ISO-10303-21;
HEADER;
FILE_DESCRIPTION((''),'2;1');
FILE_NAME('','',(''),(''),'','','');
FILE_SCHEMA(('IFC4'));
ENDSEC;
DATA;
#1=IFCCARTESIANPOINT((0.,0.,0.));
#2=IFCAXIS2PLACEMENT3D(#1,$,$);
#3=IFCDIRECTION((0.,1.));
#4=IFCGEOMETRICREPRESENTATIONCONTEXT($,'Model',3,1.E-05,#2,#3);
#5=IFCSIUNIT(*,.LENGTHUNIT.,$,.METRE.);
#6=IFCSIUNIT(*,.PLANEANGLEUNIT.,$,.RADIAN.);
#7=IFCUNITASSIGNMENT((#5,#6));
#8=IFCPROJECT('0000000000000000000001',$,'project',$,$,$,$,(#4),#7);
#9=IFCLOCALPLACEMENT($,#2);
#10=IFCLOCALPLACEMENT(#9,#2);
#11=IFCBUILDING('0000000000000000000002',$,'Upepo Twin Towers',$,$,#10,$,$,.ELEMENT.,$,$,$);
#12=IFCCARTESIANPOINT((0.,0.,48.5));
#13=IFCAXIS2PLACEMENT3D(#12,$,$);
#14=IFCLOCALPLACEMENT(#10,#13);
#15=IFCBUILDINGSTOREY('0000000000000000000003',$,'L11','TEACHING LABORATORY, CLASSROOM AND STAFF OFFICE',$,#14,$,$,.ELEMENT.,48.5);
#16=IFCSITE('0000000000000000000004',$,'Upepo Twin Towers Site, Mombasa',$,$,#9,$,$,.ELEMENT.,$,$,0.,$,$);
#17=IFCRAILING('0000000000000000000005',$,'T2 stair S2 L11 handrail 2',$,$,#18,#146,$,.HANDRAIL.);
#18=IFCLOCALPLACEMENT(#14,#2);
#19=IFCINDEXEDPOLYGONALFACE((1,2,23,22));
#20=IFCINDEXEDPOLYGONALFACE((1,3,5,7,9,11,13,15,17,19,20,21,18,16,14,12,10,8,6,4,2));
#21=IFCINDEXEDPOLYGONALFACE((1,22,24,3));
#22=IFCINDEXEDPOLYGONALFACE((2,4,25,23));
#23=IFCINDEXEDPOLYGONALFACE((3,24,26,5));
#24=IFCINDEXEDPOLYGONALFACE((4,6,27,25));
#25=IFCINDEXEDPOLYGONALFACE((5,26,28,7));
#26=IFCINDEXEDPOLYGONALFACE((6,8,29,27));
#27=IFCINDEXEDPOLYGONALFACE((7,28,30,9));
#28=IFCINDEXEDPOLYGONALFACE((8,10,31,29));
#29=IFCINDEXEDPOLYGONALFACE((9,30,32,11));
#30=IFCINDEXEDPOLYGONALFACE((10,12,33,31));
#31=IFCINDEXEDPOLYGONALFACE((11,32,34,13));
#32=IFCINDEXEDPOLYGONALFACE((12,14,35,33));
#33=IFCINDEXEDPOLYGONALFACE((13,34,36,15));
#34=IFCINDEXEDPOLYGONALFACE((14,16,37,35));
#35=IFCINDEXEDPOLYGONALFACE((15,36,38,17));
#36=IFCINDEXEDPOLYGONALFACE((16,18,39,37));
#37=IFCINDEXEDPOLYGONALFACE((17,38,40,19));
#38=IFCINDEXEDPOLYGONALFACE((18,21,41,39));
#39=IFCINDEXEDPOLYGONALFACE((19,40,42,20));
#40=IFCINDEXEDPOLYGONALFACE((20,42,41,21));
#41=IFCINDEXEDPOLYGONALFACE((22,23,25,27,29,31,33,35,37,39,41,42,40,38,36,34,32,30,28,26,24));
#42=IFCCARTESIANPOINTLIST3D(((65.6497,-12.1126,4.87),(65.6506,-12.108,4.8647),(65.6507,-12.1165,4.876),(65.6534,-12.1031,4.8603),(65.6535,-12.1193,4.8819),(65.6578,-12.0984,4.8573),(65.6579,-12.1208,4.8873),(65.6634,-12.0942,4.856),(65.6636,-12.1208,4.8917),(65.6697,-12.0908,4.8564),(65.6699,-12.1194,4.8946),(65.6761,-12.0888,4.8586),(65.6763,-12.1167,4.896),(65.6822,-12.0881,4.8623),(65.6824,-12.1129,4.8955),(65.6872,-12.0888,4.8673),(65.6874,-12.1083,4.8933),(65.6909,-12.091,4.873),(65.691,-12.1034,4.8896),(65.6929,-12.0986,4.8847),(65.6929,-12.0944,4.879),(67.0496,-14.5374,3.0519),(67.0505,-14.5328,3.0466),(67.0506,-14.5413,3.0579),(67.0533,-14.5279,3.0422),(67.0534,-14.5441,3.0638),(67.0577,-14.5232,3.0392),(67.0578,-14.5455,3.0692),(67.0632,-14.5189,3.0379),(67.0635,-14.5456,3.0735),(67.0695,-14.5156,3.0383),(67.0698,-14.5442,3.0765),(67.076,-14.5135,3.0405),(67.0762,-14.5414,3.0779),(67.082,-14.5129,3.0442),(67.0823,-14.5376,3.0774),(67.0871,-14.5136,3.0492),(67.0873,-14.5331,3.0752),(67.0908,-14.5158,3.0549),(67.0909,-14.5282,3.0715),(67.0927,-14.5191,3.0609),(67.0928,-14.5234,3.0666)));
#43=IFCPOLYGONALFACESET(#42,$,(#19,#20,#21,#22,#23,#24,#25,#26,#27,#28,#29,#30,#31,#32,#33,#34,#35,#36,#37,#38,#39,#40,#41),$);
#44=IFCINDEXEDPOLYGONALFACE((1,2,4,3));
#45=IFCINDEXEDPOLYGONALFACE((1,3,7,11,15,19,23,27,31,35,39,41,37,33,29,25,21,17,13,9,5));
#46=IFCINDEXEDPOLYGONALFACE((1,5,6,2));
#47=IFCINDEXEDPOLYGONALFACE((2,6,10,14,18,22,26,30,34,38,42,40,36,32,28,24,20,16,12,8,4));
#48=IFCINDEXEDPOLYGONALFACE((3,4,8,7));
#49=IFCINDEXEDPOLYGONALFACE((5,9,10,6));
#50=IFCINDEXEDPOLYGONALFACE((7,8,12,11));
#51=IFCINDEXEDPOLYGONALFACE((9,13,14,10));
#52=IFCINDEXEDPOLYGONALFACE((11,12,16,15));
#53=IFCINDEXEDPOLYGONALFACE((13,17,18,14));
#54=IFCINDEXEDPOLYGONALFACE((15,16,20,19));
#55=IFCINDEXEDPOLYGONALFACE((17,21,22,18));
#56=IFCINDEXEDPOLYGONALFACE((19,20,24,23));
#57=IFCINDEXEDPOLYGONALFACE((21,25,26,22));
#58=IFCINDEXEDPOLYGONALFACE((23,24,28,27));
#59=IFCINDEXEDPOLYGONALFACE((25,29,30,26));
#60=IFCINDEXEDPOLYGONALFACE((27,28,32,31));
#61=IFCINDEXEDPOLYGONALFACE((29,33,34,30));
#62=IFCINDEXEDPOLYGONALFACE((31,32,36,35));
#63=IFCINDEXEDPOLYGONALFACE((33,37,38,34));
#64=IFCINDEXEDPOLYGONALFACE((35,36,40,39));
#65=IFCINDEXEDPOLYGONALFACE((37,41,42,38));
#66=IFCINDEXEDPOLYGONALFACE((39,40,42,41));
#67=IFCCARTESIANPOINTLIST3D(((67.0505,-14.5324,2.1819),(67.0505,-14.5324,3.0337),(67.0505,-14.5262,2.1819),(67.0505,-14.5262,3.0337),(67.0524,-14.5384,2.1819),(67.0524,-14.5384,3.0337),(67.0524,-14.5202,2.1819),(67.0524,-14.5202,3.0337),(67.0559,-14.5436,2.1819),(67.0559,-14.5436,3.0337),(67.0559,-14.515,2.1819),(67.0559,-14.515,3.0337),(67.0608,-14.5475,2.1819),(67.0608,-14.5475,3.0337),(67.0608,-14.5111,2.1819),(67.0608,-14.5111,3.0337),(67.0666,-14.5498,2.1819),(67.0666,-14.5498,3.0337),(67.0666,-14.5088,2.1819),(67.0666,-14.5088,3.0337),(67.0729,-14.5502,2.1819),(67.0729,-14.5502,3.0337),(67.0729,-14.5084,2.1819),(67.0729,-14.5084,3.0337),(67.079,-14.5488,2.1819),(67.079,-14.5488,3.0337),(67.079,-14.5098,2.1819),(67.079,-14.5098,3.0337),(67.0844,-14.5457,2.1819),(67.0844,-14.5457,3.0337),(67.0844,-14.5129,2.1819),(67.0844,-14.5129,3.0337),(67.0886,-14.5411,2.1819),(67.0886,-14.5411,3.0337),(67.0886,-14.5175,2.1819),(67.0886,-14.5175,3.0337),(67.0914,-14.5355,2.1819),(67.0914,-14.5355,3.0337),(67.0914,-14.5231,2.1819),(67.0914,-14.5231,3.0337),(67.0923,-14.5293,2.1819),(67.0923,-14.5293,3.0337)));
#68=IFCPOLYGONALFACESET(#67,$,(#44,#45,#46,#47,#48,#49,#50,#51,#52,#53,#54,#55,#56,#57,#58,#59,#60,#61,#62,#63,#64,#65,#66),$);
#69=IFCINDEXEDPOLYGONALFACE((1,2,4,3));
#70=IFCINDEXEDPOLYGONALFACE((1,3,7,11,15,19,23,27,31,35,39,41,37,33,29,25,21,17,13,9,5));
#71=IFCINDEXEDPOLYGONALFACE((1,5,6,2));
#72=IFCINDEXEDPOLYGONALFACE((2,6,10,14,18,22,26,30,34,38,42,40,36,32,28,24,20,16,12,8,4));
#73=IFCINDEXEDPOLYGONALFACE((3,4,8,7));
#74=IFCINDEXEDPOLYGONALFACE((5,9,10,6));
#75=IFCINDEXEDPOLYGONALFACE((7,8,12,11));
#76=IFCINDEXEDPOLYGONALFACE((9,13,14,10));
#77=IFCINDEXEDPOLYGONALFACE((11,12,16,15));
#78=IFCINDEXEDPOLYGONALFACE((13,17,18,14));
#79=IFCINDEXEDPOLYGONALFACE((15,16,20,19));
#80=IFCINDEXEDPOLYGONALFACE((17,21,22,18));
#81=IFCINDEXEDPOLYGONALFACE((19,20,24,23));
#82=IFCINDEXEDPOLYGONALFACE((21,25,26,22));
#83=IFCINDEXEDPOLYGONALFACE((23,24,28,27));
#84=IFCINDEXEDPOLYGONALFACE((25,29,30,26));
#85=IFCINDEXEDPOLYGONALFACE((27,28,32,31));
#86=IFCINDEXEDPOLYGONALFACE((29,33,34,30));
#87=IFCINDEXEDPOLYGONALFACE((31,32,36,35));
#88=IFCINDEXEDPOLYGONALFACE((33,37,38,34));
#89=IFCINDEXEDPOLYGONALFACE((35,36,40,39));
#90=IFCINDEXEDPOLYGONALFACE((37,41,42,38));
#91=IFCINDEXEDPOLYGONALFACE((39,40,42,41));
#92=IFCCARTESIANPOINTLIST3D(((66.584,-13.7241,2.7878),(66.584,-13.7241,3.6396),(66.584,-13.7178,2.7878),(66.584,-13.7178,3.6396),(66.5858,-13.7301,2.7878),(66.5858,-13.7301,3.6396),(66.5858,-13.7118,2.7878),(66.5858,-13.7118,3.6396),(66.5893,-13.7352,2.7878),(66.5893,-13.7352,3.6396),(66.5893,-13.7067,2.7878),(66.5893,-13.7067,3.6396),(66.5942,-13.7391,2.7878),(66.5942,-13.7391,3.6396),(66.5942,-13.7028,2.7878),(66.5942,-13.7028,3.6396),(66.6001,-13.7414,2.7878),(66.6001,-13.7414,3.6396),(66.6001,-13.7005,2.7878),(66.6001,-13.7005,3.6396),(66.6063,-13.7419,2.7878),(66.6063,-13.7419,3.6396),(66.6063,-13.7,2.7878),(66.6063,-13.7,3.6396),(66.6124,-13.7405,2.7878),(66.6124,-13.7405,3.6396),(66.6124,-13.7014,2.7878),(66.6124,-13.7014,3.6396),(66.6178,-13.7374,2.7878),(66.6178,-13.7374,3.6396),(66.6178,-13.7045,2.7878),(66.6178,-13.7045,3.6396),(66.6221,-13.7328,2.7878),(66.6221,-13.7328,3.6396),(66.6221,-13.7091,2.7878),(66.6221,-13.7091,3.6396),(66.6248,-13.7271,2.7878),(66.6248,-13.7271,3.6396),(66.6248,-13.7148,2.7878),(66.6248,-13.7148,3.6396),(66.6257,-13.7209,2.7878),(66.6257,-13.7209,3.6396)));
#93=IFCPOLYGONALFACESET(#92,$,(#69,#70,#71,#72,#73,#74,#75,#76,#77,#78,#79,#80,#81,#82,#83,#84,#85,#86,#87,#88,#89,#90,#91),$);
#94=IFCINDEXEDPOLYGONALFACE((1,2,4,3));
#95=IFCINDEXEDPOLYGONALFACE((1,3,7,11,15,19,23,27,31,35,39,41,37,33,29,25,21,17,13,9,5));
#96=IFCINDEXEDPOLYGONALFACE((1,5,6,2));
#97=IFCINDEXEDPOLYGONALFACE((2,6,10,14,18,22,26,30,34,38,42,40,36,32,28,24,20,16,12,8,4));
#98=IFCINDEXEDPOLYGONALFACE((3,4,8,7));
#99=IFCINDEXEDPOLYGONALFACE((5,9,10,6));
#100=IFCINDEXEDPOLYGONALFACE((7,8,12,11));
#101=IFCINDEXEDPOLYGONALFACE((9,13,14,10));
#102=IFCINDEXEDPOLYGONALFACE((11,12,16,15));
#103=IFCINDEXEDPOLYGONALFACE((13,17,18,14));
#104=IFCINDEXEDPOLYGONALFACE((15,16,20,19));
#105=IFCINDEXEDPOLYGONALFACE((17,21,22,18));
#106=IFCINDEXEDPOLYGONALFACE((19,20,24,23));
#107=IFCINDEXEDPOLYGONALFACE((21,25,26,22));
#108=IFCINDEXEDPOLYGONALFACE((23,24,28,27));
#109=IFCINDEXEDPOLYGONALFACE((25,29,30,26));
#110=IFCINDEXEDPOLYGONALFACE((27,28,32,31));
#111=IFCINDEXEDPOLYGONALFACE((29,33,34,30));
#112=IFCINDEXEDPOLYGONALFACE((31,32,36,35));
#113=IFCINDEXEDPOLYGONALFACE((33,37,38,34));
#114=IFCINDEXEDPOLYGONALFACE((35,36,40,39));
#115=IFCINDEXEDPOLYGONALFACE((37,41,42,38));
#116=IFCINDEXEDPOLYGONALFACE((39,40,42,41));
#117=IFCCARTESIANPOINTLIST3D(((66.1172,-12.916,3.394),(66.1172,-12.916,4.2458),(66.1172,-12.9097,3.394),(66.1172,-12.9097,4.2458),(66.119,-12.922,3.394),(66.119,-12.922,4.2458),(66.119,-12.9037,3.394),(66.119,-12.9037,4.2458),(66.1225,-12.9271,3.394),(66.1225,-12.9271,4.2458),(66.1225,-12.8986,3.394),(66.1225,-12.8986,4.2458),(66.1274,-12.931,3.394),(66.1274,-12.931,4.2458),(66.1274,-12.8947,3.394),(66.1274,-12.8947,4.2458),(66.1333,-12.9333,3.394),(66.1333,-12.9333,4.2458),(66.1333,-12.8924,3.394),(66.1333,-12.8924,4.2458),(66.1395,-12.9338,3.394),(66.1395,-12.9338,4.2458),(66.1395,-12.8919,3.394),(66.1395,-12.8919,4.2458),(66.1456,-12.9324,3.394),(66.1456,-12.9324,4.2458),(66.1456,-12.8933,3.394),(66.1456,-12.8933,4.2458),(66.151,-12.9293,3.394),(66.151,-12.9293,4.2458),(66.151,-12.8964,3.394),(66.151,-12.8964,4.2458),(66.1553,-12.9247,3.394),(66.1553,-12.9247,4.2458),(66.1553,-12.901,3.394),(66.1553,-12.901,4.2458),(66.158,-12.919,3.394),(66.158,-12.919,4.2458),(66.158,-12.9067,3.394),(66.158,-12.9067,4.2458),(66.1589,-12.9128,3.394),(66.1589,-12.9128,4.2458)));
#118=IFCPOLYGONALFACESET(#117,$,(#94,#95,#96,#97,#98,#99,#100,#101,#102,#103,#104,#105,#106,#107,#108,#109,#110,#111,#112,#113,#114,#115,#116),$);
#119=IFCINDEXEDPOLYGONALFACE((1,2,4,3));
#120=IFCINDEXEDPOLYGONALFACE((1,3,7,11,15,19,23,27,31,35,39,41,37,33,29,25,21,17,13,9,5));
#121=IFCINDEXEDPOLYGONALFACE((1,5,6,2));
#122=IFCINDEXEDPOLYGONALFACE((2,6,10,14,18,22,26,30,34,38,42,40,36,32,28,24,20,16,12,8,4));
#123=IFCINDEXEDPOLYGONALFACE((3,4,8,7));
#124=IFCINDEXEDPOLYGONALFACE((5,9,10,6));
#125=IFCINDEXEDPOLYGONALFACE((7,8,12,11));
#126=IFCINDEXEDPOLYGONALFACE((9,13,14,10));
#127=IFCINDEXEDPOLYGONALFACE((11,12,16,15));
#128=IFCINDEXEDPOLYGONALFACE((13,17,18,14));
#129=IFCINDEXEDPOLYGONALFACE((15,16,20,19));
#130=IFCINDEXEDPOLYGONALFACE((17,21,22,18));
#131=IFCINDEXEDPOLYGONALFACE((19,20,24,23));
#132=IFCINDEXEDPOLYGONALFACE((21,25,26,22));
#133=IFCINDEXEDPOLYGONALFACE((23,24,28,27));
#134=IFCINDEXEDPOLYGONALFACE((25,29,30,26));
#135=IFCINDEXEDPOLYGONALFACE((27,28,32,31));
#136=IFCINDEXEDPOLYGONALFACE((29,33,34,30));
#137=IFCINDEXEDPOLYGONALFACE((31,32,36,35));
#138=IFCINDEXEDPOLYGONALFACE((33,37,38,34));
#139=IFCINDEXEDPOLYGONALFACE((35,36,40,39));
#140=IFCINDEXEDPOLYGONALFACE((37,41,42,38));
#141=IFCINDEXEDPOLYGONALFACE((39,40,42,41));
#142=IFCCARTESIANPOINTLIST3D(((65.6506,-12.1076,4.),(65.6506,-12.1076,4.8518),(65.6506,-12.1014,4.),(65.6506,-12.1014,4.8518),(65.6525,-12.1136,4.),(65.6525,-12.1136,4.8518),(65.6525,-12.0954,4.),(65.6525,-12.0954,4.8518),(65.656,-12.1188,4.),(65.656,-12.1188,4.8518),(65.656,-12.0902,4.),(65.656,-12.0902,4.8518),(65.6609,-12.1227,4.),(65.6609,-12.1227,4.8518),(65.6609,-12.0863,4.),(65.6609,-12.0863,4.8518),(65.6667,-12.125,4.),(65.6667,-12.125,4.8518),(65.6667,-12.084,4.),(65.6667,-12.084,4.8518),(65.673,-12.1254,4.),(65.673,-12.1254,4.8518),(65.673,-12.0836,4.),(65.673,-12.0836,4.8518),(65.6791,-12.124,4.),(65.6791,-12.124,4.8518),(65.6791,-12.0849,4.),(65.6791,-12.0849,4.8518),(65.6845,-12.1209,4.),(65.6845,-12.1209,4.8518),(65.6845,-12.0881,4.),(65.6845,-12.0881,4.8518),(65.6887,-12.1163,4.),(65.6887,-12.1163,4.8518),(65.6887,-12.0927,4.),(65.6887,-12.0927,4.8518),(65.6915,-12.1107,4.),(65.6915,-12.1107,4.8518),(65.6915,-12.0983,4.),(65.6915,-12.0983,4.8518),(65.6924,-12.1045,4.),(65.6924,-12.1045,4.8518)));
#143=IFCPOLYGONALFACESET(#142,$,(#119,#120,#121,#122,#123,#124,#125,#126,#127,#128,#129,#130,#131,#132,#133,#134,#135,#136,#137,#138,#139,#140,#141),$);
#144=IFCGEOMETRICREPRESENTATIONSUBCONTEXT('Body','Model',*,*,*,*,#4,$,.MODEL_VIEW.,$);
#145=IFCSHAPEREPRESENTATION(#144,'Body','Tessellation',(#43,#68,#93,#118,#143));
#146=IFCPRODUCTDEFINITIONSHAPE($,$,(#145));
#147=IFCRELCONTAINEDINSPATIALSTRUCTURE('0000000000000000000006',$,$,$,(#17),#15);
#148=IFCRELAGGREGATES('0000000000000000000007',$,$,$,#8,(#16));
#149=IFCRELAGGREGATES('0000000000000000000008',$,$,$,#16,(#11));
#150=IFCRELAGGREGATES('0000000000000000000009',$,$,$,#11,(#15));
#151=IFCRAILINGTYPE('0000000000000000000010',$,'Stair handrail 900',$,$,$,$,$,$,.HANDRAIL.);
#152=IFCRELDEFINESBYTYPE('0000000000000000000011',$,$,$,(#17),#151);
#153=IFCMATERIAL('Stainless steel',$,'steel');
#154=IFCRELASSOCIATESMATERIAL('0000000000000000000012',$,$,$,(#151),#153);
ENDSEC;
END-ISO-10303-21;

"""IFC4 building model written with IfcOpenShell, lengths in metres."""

from ifc_helpers import new_model, si_unit, direction, frame, origin, origin_2d, place, context, subcontext, project, spatial, circle, extrude, material, type_object, element, save


model = new_model("IFC4")

# Units and contexts
model_context = context("Model", 3, precision=1e-05, world=origin(), true_north=direction((0.0, 1.0)))
body_context = subcontext(model_context, "Body", "Model", "MODEL_VIEW")
ifc_project = project(units=[si_unit("LENGTHUNIT", "METRE"), si_unit("PLANEANGLEUNIT", "RADIAN")], contexts=[model_context])

# Site, building, storey
site_placement = place(None, origin())
site = spatial("IfcSite", under=ifc_project, at=site_placement, Name="Upepo Twin Towers Site, Mombasa", CompositionType="ELEMENT", RefElevation=0.0)
building_placement = place(site_placement, origin())
building = spatial("IfcBuilding", under=site, at=building_placement, Name="Upepo Twin Towers", CompositionType="ELEMENT")
storey_placement = place(building_placement, frame((0.0, 0.0, 48.5)))
storey = spatial("IfcBuildingStorey", under=building, at=storey_placement, Name="L11", Description="TEACHING LABORATORY, CLASSROOM AND STAFF OFFICE", CompositionType="ELEMENT", Elevation=48.5)

# Railing
ifc_material_1 = material(Name="Stainless steel", Category="steel")
railing_type = type_object("IfcRailingType", Name="Stair handrail 900", PredefinedType="HANDRAIL", material=ifc_material_1)
railing_1_placement = place(storey_placement, frame((67.0713, -14.5293, 2.1819)))
element("IfcRailing", 1, at=railing_1_placement, inside=storey, type_object=railing_type, Name="T2 stair S2 L11 handrail 2", PredefinedType="HANDRAIL", context=body_context, shape_type="SweptSolid", body=[
    extrude(circle(Radius=0.0239, at=origin_2d()), frame((0.0, 0.0, 0.876), z_axis=(-0.419333, 0.726336, 0.544606), x_axis=(-0.866035, -0.499984, 0.0)), (0.0, 0.0, 1.0), 3.3384),
    extrude(circle(Radius=0.021, at=origin_2d()), origin(), (0.0, 0.0, 1.0), 0.8518),
    extrude(circle(Radius=0.021, at=origin_2d()), frame((-0.4666, 0.8083, 0.606)), (0.0, 0.0, 1.0), 0.8518),
    extrude(circle(Radius=0.021, at=origin_2d()), frame((-0.9333, 1.6165, 1.2122)), (0.0, 0.0, 1.0), 0.8518),
    extrude(circle(Radius=0.021, at=origin_2d()), frame((-1.3999, 2.4248, 1.8181)), (0.0, 0.0, 1.0), 0.8518),
])

save(model, "model.ifc")
